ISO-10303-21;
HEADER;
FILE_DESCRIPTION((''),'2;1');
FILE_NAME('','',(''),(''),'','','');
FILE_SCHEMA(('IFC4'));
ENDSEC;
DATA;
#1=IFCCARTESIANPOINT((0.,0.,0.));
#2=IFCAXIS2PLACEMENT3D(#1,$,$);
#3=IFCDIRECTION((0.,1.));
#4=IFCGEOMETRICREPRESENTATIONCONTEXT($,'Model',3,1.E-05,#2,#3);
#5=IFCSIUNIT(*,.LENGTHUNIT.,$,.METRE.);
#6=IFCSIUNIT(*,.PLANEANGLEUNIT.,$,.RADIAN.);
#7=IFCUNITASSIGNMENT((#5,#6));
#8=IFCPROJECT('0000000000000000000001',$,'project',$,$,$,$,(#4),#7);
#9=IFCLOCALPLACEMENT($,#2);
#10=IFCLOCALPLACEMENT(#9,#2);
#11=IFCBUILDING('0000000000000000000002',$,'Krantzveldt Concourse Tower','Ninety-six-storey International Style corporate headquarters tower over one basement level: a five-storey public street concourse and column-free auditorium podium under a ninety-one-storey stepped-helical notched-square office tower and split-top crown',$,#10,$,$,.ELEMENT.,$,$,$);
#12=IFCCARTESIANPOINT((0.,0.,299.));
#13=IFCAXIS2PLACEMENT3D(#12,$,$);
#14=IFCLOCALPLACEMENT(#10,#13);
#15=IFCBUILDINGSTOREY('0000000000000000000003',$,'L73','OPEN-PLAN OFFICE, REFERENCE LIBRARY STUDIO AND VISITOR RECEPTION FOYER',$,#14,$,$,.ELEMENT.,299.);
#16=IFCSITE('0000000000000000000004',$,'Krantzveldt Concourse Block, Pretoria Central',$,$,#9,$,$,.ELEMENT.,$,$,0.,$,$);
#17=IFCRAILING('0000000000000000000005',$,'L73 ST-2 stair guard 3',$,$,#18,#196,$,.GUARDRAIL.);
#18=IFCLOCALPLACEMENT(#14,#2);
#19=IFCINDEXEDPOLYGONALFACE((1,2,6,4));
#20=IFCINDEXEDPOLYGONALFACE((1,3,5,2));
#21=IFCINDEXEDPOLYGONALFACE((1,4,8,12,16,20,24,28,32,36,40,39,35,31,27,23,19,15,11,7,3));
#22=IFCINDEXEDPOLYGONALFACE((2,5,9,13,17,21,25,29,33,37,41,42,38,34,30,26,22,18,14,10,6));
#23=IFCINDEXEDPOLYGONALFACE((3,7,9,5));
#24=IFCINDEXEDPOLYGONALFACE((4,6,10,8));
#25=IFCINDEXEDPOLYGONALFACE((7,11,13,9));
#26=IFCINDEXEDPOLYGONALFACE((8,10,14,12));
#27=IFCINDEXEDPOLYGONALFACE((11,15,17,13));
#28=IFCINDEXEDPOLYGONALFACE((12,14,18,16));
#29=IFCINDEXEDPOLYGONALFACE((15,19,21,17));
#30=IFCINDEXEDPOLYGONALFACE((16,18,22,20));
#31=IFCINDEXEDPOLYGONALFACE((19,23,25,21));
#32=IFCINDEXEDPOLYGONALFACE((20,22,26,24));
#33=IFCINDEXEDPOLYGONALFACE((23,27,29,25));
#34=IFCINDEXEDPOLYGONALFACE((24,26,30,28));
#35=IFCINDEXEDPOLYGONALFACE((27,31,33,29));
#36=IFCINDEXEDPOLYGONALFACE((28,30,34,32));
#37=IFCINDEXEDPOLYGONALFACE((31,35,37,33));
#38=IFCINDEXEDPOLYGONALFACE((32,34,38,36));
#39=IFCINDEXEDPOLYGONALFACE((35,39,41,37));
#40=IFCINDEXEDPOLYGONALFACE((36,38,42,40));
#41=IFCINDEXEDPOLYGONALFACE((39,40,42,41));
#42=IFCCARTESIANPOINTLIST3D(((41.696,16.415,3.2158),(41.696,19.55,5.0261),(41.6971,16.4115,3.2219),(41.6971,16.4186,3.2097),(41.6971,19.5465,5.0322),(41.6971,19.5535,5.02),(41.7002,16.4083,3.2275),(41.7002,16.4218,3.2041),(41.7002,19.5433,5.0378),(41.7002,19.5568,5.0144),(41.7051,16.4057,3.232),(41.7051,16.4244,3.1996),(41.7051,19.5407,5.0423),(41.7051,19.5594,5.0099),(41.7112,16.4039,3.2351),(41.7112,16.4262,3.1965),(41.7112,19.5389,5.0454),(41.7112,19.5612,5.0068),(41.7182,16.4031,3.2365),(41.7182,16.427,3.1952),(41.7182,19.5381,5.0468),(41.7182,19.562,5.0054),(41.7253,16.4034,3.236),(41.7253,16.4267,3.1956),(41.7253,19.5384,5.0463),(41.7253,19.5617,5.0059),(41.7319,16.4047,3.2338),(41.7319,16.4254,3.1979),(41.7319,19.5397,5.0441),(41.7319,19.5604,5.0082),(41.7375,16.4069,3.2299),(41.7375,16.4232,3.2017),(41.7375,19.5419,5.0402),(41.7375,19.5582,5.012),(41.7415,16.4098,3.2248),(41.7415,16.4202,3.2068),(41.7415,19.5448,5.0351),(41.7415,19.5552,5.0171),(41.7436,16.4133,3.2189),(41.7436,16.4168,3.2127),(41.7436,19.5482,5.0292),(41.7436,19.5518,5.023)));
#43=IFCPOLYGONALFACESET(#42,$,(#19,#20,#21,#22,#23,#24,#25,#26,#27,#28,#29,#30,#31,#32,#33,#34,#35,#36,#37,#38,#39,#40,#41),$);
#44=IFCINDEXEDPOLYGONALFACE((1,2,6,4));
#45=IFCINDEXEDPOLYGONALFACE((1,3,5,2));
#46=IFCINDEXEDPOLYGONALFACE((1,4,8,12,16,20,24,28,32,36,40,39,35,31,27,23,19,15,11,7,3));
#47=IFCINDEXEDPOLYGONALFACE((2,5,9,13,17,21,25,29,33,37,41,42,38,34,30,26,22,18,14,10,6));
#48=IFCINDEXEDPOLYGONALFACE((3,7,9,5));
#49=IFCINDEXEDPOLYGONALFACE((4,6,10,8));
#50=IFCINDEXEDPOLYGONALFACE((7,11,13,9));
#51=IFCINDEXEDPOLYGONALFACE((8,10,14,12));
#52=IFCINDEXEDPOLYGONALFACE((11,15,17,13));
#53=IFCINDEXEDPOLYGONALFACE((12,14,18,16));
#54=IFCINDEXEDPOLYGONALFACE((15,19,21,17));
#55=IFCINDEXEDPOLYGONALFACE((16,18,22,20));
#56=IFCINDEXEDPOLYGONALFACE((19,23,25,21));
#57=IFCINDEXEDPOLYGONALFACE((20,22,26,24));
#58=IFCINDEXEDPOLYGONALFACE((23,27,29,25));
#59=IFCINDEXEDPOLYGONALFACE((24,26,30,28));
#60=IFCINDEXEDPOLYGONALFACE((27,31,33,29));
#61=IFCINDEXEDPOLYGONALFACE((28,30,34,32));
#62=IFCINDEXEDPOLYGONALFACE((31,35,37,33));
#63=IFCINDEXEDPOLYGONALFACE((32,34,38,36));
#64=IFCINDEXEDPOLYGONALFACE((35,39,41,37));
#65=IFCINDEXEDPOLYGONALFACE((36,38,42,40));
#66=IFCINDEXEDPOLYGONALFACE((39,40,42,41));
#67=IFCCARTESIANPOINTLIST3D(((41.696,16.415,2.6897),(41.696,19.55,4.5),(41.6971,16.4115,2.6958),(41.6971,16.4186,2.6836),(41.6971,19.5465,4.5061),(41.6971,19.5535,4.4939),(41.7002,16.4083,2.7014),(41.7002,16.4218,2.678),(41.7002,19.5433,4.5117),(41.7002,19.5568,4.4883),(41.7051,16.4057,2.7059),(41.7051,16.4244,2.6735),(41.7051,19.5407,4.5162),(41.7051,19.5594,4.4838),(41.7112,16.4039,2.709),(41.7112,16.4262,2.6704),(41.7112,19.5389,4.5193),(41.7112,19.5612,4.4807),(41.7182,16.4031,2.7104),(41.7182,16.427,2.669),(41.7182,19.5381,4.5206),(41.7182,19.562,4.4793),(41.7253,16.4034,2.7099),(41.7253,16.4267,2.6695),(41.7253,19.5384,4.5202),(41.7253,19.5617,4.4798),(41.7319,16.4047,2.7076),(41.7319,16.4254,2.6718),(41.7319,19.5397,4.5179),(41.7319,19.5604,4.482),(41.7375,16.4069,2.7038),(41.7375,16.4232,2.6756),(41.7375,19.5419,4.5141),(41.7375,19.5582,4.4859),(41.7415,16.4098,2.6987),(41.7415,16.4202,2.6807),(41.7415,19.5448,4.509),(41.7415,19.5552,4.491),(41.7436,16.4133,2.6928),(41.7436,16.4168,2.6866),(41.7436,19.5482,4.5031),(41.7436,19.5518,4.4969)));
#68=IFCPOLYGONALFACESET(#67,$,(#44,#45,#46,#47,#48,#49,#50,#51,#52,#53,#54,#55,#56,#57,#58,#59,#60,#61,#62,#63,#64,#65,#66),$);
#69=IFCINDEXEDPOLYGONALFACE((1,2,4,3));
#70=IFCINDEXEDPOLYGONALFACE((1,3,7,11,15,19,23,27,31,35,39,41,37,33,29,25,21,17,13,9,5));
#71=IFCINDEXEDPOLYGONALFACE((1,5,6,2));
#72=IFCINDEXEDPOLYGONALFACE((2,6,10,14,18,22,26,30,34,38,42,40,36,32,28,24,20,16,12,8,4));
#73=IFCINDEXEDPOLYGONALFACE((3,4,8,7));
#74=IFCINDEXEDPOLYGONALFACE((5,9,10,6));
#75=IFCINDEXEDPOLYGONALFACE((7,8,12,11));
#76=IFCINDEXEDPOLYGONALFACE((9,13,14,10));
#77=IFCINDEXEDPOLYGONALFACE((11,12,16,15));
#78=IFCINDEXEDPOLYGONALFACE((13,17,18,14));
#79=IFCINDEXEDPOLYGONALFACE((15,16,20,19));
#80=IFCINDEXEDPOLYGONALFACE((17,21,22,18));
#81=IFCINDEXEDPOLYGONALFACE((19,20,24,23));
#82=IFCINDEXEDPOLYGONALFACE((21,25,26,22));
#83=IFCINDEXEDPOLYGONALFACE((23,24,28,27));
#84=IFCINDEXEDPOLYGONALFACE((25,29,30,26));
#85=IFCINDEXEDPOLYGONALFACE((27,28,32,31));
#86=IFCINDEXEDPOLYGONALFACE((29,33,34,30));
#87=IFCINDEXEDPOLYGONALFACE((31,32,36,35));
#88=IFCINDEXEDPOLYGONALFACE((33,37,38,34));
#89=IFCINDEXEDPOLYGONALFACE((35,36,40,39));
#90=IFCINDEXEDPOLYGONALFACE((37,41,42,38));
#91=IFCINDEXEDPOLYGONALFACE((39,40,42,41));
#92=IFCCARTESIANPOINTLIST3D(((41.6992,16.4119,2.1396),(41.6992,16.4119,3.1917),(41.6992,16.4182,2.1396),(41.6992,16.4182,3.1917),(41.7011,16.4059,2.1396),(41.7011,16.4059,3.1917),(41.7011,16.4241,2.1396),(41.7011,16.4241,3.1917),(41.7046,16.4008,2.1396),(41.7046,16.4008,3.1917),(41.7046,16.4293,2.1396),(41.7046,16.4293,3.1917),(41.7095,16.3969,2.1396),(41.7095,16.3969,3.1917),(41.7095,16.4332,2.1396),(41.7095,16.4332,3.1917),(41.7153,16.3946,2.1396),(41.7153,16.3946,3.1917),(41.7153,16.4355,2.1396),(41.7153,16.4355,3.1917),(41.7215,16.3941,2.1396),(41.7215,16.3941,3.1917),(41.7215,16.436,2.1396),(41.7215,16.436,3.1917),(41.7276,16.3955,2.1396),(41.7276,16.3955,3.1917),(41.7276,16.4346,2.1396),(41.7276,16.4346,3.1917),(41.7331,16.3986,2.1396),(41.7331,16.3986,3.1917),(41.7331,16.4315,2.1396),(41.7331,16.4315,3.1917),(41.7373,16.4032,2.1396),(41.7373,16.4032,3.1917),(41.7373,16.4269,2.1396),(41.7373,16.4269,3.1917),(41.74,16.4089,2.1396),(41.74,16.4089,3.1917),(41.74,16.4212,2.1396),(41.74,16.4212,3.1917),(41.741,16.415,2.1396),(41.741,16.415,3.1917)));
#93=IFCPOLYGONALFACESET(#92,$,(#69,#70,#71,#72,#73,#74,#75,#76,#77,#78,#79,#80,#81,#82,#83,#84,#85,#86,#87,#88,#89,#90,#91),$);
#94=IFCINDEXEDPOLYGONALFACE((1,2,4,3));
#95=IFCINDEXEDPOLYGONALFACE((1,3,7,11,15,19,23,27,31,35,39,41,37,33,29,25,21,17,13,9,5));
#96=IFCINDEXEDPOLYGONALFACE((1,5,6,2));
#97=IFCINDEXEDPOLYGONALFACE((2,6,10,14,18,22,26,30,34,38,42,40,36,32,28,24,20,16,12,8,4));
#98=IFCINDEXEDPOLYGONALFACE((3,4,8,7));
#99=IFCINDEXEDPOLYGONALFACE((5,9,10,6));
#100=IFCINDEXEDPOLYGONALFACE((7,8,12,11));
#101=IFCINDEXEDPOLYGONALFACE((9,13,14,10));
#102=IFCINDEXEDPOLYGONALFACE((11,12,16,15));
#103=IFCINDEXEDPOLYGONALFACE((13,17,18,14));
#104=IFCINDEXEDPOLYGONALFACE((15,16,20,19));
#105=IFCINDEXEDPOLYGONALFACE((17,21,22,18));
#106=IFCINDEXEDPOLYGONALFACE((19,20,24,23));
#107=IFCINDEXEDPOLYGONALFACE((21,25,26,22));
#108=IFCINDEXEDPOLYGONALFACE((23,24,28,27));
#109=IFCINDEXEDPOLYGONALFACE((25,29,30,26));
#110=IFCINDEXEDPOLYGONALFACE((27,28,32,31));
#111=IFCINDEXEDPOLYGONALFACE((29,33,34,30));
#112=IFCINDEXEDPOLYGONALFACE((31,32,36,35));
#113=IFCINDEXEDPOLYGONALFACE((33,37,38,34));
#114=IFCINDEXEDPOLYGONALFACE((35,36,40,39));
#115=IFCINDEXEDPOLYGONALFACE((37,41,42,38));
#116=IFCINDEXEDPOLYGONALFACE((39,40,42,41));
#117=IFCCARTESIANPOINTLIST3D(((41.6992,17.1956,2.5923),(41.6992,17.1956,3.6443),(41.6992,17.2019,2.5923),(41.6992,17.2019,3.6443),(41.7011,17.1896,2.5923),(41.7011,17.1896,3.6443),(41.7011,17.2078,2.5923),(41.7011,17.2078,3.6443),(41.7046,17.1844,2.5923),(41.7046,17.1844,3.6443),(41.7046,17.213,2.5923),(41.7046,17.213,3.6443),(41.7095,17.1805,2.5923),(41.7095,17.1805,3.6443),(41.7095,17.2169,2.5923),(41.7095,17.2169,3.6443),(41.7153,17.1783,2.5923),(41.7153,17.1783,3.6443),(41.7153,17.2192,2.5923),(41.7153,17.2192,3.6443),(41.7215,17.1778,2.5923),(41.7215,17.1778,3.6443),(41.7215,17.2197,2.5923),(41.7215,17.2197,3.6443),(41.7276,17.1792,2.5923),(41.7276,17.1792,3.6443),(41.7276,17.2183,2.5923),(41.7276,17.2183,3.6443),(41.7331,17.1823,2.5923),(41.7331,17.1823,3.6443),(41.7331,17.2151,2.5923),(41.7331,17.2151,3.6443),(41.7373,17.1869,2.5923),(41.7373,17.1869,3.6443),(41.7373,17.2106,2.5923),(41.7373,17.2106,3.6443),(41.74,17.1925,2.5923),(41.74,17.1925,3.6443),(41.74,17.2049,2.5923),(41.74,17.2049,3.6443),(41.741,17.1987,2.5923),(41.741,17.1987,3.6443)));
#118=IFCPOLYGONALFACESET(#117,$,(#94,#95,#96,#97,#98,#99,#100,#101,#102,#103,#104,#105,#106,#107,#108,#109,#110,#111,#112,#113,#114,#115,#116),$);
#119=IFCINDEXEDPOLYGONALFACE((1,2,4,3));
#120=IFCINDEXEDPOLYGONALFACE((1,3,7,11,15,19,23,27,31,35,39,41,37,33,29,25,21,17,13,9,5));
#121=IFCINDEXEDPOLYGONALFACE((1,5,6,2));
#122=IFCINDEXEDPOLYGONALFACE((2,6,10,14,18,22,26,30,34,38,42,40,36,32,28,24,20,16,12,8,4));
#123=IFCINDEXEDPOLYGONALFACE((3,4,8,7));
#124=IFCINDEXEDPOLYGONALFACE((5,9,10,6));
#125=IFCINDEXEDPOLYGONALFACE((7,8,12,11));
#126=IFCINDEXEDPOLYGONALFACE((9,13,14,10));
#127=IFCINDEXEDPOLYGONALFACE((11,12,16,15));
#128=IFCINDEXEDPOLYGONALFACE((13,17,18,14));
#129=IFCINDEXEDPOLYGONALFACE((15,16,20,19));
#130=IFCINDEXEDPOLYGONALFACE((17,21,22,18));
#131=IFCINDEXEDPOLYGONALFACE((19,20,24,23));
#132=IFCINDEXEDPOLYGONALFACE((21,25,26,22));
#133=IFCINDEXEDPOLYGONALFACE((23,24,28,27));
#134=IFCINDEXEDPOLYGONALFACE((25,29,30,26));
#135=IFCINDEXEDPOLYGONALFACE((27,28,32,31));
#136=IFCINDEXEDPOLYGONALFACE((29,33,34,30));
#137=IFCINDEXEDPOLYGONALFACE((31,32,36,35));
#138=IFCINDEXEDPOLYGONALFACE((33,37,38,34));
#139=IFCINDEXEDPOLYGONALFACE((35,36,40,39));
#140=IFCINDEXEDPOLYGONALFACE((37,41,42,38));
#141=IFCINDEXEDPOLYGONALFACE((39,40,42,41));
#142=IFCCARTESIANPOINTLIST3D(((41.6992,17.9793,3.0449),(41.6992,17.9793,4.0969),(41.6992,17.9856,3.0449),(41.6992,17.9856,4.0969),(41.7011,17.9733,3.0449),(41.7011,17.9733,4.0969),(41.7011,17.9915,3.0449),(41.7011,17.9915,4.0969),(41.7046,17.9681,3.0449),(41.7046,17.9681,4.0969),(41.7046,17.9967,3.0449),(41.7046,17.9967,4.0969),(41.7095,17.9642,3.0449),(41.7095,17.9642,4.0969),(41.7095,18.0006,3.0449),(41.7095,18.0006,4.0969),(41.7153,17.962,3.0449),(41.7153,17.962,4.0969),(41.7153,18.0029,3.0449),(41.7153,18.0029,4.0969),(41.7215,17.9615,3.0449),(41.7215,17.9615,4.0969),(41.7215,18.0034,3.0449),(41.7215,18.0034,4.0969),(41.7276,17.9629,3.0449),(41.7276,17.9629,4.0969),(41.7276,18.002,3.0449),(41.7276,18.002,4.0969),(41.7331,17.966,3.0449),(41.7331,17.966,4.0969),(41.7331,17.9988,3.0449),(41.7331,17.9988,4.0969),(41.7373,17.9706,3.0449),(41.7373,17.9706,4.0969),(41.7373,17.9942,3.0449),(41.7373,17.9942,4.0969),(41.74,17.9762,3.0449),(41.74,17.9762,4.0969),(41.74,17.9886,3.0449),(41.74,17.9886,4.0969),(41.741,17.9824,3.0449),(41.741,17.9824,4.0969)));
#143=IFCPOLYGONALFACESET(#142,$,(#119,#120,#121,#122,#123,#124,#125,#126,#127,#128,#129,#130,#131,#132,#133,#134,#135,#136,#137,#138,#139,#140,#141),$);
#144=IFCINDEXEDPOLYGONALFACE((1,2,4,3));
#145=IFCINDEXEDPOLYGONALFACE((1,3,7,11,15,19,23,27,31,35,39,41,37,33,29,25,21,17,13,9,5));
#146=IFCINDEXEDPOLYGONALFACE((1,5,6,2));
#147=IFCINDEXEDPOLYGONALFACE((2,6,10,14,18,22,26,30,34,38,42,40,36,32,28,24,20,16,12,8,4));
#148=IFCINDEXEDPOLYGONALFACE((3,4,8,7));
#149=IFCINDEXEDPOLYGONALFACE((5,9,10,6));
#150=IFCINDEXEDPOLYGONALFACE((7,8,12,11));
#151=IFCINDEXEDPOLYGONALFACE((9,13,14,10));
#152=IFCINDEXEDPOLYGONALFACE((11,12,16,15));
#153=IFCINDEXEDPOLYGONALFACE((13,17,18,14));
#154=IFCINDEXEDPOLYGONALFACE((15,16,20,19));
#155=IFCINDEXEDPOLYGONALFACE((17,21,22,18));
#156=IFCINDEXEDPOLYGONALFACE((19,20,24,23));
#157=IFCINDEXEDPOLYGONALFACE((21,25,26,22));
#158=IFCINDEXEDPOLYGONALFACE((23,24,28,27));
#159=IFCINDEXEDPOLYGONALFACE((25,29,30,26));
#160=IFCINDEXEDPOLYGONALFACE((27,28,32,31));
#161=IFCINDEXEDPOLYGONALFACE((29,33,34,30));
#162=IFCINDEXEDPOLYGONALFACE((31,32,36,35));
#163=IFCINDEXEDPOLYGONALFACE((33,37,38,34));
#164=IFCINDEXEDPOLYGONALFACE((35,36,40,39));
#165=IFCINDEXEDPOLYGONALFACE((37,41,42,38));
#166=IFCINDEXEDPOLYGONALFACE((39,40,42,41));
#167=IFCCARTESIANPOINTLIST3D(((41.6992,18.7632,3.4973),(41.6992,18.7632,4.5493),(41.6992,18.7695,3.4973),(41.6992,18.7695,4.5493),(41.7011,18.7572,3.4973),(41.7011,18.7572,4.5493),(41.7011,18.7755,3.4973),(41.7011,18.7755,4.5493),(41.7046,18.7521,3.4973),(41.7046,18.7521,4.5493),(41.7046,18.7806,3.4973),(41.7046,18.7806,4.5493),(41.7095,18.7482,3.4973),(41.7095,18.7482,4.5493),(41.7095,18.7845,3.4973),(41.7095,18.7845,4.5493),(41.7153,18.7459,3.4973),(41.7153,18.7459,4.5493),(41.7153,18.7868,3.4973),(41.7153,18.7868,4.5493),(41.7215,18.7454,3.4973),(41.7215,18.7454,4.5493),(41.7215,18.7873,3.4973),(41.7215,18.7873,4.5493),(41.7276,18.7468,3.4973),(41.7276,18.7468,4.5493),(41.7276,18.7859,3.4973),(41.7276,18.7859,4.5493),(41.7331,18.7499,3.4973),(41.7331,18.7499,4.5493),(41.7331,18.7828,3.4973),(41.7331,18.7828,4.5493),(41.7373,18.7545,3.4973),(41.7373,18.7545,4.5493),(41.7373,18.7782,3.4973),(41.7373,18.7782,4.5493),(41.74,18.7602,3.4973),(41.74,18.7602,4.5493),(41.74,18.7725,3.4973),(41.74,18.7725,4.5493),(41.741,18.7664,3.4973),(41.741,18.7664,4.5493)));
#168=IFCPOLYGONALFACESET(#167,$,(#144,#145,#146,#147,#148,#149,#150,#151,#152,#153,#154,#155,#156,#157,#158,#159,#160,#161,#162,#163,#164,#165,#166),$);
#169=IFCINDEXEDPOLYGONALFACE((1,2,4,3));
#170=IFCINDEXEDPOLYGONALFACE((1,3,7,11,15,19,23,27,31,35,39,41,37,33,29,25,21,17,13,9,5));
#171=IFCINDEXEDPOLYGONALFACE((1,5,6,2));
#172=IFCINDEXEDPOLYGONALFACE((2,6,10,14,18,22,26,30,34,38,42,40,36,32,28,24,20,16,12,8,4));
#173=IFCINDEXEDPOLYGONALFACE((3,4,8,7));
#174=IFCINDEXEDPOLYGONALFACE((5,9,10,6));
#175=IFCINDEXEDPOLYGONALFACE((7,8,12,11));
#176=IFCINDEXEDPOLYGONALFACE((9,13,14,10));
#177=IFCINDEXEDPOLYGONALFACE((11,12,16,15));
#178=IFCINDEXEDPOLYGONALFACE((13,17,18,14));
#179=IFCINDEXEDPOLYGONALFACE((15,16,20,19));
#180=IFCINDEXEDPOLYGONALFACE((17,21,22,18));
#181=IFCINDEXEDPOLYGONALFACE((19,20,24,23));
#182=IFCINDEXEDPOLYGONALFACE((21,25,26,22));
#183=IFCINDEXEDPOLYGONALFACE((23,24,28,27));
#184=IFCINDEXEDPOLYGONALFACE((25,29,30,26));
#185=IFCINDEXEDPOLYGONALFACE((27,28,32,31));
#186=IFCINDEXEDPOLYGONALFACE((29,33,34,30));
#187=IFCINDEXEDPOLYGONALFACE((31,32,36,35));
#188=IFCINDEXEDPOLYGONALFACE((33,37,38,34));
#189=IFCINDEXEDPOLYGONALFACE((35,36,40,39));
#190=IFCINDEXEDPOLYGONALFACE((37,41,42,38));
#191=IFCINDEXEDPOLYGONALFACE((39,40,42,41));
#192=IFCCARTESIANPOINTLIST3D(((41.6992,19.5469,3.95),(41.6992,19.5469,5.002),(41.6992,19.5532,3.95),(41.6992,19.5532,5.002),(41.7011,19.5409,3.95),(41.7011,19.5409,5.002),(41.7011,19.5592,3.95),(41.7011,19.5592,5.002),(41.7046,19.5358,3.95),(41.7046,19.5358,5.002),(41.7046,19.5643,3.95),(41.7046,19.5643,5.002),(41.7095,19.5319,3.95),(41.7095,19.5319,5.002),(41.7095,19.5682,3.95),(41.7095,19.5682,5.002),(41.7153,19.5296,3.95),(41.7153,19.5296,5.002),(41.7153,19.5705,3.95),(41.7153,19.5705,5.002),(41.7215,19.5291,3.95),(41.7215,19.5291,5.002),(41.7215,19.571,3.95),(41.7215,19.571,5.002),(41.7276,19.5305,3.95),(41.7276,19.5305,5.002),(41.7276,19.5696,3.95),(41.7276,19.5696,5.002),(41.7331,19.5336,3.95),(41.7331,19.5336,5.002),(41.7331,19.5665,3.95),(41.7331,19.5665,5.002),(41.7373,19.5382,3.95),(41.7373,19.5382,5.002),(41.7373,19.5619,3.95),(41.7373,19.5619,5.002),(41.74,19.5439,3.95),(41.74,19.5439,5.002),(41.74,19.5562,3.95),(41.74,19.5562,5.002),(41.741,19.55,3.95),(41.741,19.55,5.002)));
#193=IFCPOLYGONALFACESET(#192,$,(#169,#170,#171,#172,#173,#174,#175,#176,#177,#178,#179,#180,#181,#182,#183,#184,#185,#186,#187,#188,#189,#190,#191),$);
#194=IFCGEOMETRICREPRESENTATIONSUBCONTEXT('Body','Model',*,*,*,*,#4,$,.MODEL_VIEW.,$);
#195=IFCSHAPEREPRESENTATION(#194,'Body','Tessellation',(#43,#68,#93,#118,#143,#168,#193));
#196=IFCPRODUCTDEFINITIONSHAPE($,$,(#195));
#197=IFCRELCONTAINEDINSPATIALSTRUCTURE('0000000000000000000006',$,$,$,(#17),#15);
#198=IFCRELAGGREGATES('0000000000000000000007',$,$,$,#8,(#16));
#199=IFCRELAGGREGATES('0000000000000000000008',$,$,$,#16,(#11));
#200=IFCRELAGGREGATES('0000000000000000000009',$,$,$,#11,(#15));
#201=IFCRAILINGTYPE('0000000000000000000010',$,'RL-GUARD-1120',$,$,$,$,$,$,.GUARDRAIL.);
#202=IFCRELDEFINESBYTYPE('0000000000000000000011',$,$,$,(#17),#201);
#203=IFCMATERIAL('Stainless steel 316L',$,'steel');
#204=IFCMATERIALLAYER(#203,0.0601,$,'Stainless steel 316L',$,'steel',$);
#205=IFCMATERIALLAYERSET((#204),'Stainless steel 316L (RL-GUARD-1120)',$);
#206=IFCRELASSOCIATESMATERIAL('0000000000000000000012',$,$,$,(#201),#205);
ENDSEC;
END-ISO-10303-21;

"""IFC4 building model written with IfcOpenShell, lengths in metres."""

from ifc_helpers import new_model, si_unit, direction, frame, origin, origin_2d, place, context, subcontext, project, spatial, circle, extrude, material, layer, layer_set, type_object, element, save


model = new_model("IFC4")

# Units and contexts
model_context = context("Model", 3, precision=1e-05, world=origin(), true_north=direction((0.0, 1.0)))
body_context = subcontext(model_context, "Body", "Model", "MODEL_VIEW")
ifc_project = project(units=[si_unit("LENGTHUNIT", "METRE"), si_unit("PLANEANGLEUNIT", "RADIAN")], contexts=[model_context])

# Site, building, storey
site_placement = place(None, origin())
site = spatial("IfcSite", under=ifc_project, at=site_placement, Name="Krantzveldt Concourse Block, Pretoria Central", CompositionType="ELEMENT", RefElevation=0.0)
building_placement = place(site_placement, origin())
building = spatial("IfcBuilding", under=site, at=building_placement, Name="Krantzveldt Concourse Tower", Description="Ninety-six-storey International Style corporate headquarters tower over one basement level: a five-storey public street concourse and column-free auditorium podium under a ninety-one-storey stepped-helical notched-square office tower and split-top crown", CompositionType="ELEMENT")
storey_placement = place(building_placement, frame((0.0, 0.0, 299.0)))
storey = spatial("IfcBuildingStorey", under=building, at=storey_placement, Name="L73", Description="OPEN-PLAN OFFICE, REFERENCE LIBRARY STUDIO AND VISITOR RECEPTION FOYER", CompositionType="ELEMENT", Elevation=299.0)

# Shared definitions
ifc_material_1 = material(Name="Stainless steel 316L", Category="steel")

# Railing
ifc_layer_1 = layer(ifc_material_1, 0.0601, Name="Stainless steel 316L", Category="steel")
ifc_layer_set_1 = layer_set([ifc_layer_1], Name="Stainless steel 316L (RL-GUARD-1120)")
railing_type_1 = type_object("IfcRailingType", Name="RL-GUARD-1120", PredefinedType="GUARDRAIL", material=ifc_layer_set_1)
railing_1_placement = place(storey_placement, frame((41.72, 16.415, 2.1396)))
element("IfcRailing", 1, at=railing_1_placement, inside=storey, type_object=railing_type_1, Name="L73 ST-2 stair guard 3", PredefinedType="GUARDRAIL", context=body_context, shape_type="SweptSolid", body=[
    extrude(circle(Radius=0.0239, at=origin_2d()), frame((0.0, 0.0, 1.0762), z_axis=(0.0, 0.865989, 0.500063), x_axis=(-1.0, 0.0, 0.0)), (0.0, 0.0, 1.0), 3.6201),
    extrude(circle(Radius=0.0239, at=origin_2d()), frame((0.0, 0.0, 0.55), z_axis=(0.0, 0.865989, 0.500063), x_axis=(-1.0, 0.0, 0.0)), (0.0, 0.0, 1.0), 3.6201),
    extrude(circle(Radius=0.021, at=origin_2d()), origin(), (0.0, 0.0, 1.0), 1.052),
    extrude(circle(Radius=0.021, at=origin_2d()), frame((0.0, 0.7837, 0.4526)), (0.0, 0.0, 1.0), 1.052),
    extrude(circle(Radius=0.021, at=origin_2d()), frame((0.0, 1.5674, 0.9053)), (0.0, 0.0, 1.0), 1.052),
    extrude(circle(Radius=0.021, at=origin_2d()), frame((0.0, 2.3513, 1.3577)), (0.0, 0.0, 1.0), 1.052),
    extrude(circle(Radius=0.021, at=origin_2d()), frame((0.0, 3.135, 1.8103)), (0.0, 0.0, 1.0), 1.052),
])

save(model, "model.ifc")
